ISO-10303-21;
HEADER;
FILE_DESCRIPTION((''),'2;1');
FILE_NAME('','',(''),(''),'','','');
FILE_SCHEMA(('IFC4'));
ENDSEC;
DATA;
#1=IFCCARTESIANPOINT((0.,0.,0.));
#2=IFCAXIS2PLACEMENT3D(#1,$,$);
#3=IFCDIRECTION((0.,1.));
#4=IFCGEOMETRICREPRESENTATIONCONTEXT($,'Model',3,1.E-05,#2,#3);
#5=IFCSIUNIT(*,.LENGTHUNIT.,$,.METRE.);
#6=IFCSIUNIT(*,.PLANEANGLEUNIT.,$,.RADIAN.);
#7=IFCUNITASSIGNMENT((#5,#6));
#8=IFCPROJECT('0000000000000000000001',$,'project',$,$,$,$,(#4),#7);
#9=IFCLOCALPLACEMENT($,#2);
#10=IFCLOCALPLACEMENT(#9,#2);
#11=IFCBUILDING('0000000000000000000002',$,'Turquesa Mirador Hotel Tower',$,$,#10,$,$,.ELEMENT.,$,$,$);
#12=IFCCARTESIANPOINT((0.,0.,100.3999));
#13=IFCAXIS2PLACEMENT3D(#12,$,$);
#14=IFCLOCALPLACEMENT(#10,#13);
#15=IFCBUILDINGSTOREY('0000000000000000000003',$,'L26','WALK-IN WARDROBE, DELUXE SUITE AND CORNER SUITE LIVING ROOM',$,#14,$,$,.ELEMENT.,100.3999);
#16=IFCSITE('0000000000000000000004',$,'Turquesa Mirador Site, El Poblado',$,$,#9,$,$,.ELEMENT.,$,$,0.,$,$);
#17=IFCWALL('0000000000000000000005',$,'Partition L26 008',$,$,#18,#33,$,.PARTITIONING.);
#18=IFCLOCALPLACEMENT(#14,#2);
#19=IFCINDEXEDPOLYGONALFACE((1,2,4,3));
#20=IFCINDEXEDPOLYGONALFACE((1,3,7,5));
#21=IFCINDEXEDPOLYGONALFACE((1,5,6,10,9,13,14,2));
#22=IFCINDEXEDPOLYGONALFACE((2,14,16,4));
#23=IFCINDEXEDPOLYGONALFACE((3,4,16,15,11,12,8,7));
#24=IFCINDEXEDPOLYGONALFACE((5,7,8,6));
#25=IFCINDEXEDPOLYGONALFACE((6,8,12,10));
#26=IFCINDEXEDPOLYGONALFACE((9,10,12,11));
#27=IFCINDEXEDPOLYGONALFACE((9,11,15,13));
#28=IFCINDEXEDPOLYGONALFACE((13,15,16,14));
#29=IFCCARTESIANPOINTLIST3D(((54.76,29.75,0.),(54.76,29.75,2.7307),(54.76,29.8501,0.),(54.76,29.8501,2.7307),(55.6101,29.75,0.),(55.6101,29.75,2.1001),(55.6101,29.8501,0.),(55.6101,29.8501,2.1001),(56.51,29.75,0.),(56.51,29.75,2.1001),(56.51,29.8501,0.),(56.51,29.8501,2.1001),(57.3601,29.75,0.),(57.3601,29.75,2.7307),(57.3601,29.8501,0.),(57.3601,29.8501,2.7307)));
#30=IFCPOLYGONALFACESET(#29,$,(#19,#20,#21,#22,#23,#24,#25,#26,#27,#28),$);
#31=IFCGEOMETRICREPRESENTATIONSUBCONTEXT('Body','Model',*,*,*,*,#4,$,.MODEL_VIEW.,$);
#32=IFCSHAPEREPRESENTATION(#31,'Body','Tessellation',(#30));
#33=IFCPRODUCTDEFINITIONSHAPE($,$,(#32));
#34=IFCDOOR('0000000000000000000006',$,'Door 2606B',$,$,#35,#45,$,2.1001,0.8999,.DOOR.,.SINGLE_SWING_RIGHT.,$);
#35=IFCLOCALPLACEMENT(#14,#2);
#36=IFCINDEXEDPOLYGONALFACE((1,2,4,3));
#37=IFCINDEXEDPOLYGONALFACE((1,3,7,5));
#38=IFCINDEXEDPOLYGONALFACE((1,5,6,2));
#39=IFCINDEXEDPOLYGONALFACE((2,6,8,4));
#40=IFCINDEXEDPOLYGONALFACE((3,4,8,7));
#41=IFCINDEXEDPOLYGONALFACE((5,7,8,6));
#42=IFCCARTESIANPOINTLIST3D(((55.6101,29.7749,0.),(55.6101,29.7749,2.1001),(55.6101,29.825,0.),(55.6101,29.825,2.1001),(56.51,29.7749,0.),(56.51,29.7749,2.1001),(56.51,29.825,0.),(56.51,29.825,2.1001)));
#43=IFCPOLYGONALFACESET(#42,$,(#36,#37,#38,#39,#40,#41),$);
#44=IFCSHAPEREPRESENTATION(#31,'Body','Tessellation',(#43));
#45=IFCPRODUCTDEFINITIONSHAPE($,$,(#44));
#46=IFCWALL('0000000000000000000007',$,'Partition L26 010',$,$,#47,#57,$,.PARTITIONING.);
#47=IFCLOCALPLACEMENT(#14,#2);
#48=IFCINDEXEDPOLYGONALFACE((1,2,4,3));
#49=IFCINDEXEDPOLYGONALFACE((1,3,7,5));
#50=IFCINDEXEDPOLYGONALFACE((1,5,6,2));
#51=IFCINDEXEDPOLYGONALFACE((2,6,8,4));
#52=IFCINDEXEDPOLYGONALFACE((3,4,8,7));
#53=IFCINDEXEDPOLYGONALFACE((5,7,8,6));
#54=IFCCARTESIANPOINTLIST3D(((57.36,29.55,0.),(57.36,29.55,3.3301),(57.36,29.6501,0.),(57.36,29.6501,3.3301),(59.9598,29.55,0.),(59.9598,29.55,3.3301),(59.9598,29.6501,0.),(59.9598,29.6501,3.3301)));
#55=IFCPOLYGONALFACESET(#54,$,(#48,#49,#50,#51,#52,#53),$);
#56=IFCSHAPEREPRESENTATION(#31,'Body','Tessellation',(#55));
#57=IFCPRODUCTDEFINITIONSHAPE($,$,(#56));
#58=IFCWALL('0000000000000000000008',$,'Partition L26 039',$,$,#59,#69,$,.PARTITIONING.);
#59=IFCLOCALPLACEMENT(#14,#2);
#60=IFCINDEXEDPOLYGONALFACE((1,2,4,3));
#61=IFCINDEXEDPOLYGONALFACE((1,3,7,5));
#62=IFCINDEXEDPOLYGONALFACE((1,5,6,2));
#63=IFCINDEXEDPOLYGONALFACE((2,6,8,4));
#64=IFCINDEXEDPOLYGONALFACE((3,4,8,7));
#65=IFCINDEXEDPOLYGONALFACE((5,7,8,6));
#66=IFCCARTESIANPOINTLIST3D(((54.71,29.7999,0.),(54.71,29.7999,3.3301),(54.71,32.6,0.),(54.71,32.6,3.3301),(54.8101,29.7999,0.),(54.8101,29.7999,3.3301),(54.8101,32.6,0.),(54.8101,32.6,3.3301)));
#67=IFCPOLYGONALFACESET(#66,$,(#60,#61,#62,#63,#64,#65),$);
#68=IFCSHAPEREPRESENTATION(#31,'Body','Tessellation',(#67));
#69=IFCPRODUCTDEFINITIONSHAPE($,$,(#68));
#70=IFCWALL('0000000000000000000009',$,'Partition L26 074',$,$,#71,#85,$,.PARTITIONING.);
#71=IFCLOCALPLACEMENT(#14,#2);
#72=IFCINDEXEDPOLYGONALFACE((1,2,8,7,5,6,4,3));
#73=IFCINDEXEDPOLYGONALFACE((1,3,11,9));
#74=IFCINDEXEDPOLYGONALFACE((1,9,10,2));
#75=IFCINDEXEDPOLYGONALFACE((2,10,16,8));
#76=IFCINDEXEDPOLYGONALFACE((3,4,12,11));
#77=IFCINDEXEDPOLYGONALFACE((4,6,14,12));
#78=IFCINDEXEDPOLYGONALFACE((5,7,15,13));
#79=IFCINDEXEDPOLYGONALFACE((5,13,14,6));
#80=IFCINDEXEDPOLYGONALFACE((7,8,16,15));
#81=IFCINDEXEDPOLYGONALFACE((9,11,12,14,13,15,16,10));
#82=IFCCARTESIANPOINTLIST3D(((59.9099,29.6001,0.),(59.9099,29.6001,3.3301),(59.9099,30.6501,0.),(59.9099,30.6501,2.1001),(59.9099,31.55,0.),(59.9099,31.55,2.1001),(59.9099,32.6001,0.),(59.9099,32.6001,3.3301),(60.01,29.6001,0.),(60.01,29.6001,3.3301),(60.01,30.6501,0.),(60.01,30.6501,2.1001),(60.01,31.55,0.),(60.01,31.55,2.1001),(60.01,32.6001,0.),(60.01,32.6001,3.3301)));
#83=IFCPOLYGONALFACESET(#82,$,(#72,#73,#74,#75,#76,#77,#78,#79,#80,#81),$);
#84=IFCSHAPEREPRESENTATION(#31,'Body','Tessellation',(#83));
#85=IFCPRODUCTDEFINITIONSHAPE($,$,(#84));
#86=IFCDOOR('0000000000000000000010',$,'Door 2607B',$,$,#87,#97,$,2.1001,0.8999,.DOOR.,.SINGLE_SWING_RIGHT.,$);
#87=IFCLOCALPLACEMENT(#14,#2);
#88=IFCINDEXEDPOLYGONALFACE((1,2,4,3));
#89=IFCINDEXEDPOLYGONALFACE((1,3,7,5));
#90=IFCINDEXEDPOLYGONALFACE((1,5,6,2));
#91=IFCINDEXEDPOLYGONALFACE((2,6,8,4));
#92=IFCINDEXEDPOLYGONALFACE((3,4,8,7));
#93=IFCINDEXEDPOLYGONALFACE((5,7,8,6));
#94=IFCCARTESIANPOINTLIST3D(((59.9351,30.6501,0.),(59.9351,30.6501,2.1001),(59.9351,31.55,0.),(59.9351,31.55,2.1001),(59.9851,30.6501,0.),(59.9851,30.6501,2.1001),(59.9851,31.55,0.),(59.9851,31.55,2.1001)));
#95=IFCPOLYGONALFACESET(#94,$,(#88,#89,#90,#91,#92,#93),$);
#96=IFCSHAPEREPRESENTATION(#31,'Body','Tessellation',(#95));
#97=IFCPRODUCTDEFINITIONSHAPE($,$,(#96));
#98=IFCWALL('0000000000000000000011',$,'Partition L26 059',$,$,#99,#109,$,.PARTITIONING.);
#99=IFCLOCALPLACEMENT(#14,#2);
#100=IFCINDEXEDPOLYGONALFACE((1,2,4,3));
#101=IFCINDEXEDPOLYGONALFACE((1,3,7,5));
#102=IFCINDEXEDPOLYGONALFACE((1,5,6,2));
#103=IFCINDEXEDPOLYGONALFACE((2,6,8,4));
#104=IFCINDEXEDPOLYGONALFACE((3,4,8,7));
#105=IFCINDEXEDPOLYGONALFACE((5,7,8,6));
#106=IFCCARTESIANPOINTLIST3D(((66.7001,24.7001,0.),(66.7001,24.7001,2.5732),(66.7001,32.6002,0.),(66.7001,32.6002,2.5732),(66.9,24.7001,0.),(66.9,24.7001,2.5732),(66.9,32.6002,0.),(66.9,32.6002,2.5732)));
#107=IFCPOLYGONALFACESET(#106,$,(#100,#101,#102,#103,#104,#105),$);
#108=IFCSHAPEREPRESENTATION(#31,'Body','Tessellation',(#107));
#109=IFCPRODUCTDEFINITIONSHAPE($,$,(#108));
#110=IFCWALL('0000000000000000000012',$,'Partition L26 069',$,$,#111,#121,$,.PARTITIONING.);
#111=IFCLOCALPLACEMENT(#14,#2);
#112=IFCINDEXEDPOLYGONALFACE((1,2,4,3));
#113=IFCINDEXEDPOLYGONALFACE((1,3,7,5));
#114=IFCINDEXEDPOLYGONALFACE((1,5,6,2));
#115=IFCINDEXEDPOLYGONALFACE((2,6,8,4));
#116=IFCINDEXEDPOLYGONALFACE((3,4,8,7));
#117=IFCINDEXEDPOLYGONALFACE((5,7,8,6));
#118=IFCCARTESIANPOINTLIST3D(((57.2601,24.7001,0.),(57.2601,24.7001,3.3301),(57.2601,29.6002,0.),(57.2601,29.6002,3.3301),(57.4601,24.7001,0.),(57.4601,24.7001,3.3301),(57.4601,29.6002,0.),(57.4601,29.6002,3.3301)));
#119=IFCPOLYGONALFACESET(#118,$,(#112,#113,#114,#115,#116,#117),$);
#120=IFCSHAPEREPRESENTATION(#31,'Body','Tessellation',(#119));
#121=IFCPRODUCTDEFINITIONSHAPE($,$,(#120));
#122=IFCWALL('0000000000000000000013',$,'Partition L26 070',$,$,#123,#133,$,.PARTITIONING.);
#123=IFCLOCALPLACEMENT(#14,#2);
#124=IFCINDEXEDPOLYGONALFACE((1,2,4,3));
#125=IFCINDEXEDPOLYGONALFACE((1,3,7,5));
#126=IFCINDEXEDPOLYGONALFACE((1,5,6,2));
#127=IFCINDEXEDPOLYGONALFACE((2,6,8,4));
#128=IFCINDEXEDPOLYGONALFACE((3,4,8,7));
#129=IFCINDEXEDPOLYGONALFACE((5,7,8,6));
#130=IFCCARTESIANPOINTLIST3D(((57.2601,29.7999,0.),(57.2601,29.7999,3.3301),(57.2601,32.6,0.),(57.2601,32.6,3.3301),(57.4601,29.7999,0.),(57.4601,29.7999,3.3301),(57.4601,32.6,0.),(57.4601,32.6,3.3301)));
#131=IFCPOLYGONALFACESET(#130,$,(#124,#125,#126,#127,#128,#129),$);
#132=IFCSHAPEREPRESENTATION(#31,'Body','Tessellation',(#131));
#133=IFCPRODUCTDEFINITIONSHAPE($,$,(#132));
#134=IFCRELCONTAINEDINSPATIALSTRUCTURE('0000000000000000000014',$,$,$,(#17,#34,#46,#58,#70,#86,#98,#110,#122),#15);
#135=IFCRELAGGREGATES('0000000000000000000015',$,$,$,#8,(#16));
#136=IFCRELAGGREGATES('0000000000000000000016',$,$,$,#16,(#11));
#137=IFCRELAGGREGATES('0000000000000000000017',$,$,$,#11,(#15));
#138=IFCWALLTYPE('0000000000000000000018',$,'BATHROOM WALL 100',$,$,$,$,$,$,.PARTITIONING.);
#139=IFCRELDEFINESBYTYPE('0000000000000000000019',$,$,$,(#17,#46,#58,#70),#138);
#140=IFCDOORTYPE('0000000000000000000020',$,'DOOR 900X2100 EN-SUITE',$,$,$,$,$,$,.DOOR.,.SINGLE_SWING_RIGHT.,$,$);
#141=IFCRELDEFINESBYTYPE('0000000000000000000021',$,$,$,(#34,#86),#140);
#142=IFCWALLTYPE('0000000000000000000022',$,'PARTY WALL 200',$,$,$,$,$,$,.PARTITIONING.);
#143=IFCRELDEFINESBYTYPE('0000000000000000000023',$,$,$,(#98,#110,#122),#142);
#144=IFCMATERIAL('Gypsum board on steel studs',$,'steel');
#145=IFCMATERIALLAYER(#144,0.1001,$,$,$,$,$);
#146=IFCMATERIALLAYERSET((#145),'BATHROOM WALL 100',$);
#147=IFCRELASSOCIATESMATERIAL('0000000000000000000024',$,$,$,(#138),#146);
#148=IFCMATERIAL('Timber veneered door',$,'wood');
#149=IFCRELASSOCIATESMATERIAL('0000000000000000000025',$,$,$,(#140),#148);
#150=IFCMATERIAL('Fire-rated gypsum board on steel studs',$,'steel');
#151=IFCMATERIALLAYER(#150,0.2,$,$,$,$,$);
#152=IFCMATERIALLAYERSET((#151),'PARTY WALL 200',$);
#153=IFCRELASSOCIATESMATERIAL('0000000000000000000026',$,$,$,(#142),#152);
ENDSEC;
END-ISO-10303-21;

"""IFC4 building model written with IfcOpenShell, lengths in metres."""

from ifc_helpers import new_model, si_unit, direction, frame, frame_2d, origin, place, context, subcontext, project, spatial, rectangle, extrude, material, layer, layer_set, type_object, element, fill, save


model = new_model("IFC4")

# Units and contexts
model_context = context("Model", 3, precision=1e-05, world=origin(), true_north=direction((0.0, 1.0)))
body_context = subcontext(model_context, "Body", "Model", "MODEL_VIEW")
ifc_project = project(units=[si_unit("LENGTHUNIT", "METRE"), si_unit("PLANEANGLEUNIT", "RADIAN")], contexts=[model_context])

# Site, building, storey
site_placement = place(None, origin())
site = spatial("IfcSite", under=ifc_project, at=site_placement, Name="Turquesa Mirador Site, El Poblado", CompositionType="ELEMENT", RefElevation=0.0)
building_placement = place(site_placement, origin())
building = spatial("IfcBuilding", under=site, at=building_placement, Name="Turquesa Mirador Hotel Tower", CompositionType="ELEMENT")
storey_placement = place(building_placement, frame((0.0, 0.0, 100.3999)))
storey = spatial("IfcBuildingStorey", under=building, at=storey_placement, Name="L26", Description="WALK-IN WARDROBE, DELUXE SUITE AND CORNER SUITE LIVING ROOM", CompositionType="ELEMENT", Elevation=100.3999)

# Wall, opening, door
ifc_material_1 = material(Name="Gypsum board on steel studs", Category="steel")
ifc_layer_1 = layer(ifc_material_1, 0.1001)
ifc_layer_set_1 = layer_set([ifc_layer_1], Name="BATHROOM WALL 100")
wall_type_1 = type_object("IfcWallType", Name="BATHROOM WALL 100", PredefinedType="PARTITIONING", material=ifc_layer_set_1)
wall_1_placement = place(storey_placement, frame((54.76, 29.8, 0.0), z_axis=(0.0, 0.0, 1.0), x_axis=(1.0, 0.0, 0.0)))
wall_1 = element("IfcWall", 1, at=wall_1_placement, inside=storey, type_object=wall_type_1, Name="Partition L26 008", PredefinedType="PARTITIONING", context=body_context, shape_type="SweptSolid", body=[
    extrude(rectangle(XDim=2.6001, YDim=0.1001, at=frame_2d((1.3, 0.0))), origin(), (0.0, 0.0, 1.0), 2.7307),
])
opening_1_placement = place(wall_1_placement, frame((0.8501, 0.0, 0.0)))
opening_1 = element("IfcOpeningElement", 2, at=opening_1_placement, cuts=wall_1, PredefinedType="OPENING", context=body_context, shape_type="SweptSolid", body=[
    extrude(rectangle(XDim=0.8999, YDim=2.1001, at=frame_2d((0.45, 1.05))), frame((0.0, 0.0601, 0.0), z_axis=(0.0, -1.0, 0.0), x_axis=(1.0, 0.0, 0.0)), (0.0, 0.0, 1.0), 0.1201),
])
ifc_material_2 = material(Name="Timber veneered door", Category="wood")
door_type = type_object("IfcDoorType", Name="DOOR 900X2100 EN-SUITE", OperationType="SINGLE_SWING_RIGHT", PredefinedType="DOOR", material=ifc_material_2)
door_1_placement = place(opening_1_placement, origin())
door_1 = element("IfcDoor", 3, at=door_1_placement, inside=storey, type_object=door_type, Name="Door 2606B", OperationType="SINGLE_SWING_RIGHT", OverallHeight=2.1001, OverallWidth=0.8999, PredefinedType="DOOR", context=body_context, shape_type="SweptSolid", body=[
    extrude(rectangle(XDim=0.8999, YDim=2.1001, at=frame_2d((0.45, 1.05))), frame((0.0, 0.0249, 0.0), z_axis=(0.0, -1.0, 0.0), x_axis=(1.0, 0.0, 0.0)), (0.0, 0.0, 1.0), 0.05),
])
fill(opening_1, door_1)

# Walls
wall_2_placement = place(storey_placement, frame((57.3601, 29.6001, 0.0), z_axis=(0.0, 0.0, 1.0), x_axis=(1.0, 0.0, 0.0)))
element("IfcWall", 4, at=wall_2_placement, inside=storey, type_object=wall_type_1, Name="Partition L26 010", PredefinedType="PARTITIONING", context=body_context, shape_type="SweptSolid", body=[
    extrude(rectangle(XDim=2.5999, YDim=0.1001, at=frame_2d((1.2998, 0.0))), origin(), (0.0, 0.0, 1.0), 3.3301),
])
wall_3_placement = place(storey_placement, frame((54.76, 29.8, 0.0), z_axis=(0.0, 0.0, 1.0), x_axis=(0.0, 1.0, 0.0)))
element("IfcWall", 5, at=wall_3_placement, inside=storey, type_object=wall_type_1, Name="Partition L26 039", PredefinedType="PARTITIONING", context=body_context, shape_type="SweptSolid", body=[
    extrude(rectangle(XDim=2.8, YDim=0.1001, at=frame_2d((1.3999, 0.0))), origin(), (0.0, 0.0, 1.0), 3.3301),
])

# Wall, opening, door
wall_4_placement = place(storey_placement, frame((59.96, 29.6001, 0.0), z_axis=(0.0, 0.0, 1.0), x_axis=(0.0, 1.0, 0.0)))
wall_4 = element("IfcWall", 6, at=wall_4_placement, inside=storey, type_object=wall_type_1, Name="Partition L26 074", PredefinedType="PARTITIONING", context=body_context, shape_type="SweptSolid", body=[
    extrude(rectangle(XDim=3.0, YDim=0.1001, at=frame_2d((1.5, 0.0))), origin(), (0.0, 0.0, 1.0), 3.3301),
])
opening_2_placement = place(wall_4_placement, frame((1.05, 0.0, 0.0)))
opening_2 = element("IfcOpeningElement", 7, at=opening_2_placement, cuts=wall_4, PredefinedType="OPENING", context=body_context, shape_type="SweptSolid", body=[
    extrude(rectangle(XDim=0.8999, YDim=2.1001, at=frame_2d((0.45, 1.05))), frame((0.0, 0.0601, 0.0), z_axis=(0.0, -1.0, 0.0), x_axis=(1.0, 0.0, 0.0)), (0.0, 0.0, 1.0), 0.1201),
])
door_2_placement = place(opening_2_placement, origin())
door_2 = element("IfcDoor", 8, at=door_2_placement, inside=storey, type_object=door_type, Name="Door 2607B", OperationType="SINGLE_SWING_RIGHT", OverallHeight=2.1001, OverallWidth=0.8999, PredefinedType="DOOR", context=body_context, shape_type="SweptSolid", body=[
    extrude(rectangle(XDim=0.8999, YDim=2.1001, at=frame_2d((0.45, 1.05))), frame((0.0, 0.0249, 0.0), z_axis=(0.0, -1.0, 0.0), x_axis=(1.0, 0.0, 0.0)), (0.0, 0.0, 1.0), 0.05),
])
fill(opening_2, door_2)

# Walls
ifc_material_3 = material(Name="Fire-rated gypsum board on steel studs", Category="steel")
ifc_layer_2 = layer(ifc_material_3, 0.2)
ifc_layer_set_2 = layer_set([ifc_layer_2], Name="PARTY WALL 200")
wall_type_2 = type_object("IfcWallType", Name="PARTY WALL 200", PredefinedType="PARTITIONING", material=ifc_layer_set_2)
wall_5_placement = place(storey_placement, frame((66.8, 24.7, 0.0), z_axis=(0.0, 0.0, 1.0), x_axis=(0.0, 1.0, 0.0)))
element("IfcWall", 9, at=wall_5_placement, inside=storey, type_object=wall_type_2, Name="Partition L26 059", PredefinedType="PARTITIONING", context=body_context, shape_type="SweptSolid", body=[
    extrude(rectangle(XDim=7.9001, YDim=0.2, at=frame_2d((3.9502, 0.0))), origin(), (0.0, 0.0, 1.0), 2.5732),
])
wall_6_placement = place(storey_placement, frame((57.3601, 24.7, 0.0), z_axis=(0.0, 0.0, 1.0), x_axis=(0.0, 1.0, 0.0)))
element("IfcWall", 10, at=wall_6_placement, inside=storey, type_object=wall_type_2, Name="Partition L26 069", PredefinedType="PARTITIONING", context=body_context, shape_type="SweptSolid", body=[
    extrude(rectangle(XDim=4.9001, YDim=0.2, at=frame_2d((2.4502, 0.0))), origin(), (0.0, 0.0, 1.0), 3.3301),
])
wall_7_placement = place(storey_placement, frame((57.3601, 29.8, 0.0), z_axis=(0.0, 0.0, 1.0), x_axis=(0.0, 1.0, 0.0)))
element("IfcWall", 11, at=wall_7_placement, inside=storey, type_object=wall_type_2, Name="Partition L26 070", PredefinedType="PARTITIONING", context=body_context, shape_type="SweptSolid", body=[
    extrude(rectangle(XDim=2.8, YDim=0.2, at=frame_2d((1.3999, 0.0))), origin(), (0.0, 0.0, 1.0), 3.3301),
])

save(model, "model.ifc")
